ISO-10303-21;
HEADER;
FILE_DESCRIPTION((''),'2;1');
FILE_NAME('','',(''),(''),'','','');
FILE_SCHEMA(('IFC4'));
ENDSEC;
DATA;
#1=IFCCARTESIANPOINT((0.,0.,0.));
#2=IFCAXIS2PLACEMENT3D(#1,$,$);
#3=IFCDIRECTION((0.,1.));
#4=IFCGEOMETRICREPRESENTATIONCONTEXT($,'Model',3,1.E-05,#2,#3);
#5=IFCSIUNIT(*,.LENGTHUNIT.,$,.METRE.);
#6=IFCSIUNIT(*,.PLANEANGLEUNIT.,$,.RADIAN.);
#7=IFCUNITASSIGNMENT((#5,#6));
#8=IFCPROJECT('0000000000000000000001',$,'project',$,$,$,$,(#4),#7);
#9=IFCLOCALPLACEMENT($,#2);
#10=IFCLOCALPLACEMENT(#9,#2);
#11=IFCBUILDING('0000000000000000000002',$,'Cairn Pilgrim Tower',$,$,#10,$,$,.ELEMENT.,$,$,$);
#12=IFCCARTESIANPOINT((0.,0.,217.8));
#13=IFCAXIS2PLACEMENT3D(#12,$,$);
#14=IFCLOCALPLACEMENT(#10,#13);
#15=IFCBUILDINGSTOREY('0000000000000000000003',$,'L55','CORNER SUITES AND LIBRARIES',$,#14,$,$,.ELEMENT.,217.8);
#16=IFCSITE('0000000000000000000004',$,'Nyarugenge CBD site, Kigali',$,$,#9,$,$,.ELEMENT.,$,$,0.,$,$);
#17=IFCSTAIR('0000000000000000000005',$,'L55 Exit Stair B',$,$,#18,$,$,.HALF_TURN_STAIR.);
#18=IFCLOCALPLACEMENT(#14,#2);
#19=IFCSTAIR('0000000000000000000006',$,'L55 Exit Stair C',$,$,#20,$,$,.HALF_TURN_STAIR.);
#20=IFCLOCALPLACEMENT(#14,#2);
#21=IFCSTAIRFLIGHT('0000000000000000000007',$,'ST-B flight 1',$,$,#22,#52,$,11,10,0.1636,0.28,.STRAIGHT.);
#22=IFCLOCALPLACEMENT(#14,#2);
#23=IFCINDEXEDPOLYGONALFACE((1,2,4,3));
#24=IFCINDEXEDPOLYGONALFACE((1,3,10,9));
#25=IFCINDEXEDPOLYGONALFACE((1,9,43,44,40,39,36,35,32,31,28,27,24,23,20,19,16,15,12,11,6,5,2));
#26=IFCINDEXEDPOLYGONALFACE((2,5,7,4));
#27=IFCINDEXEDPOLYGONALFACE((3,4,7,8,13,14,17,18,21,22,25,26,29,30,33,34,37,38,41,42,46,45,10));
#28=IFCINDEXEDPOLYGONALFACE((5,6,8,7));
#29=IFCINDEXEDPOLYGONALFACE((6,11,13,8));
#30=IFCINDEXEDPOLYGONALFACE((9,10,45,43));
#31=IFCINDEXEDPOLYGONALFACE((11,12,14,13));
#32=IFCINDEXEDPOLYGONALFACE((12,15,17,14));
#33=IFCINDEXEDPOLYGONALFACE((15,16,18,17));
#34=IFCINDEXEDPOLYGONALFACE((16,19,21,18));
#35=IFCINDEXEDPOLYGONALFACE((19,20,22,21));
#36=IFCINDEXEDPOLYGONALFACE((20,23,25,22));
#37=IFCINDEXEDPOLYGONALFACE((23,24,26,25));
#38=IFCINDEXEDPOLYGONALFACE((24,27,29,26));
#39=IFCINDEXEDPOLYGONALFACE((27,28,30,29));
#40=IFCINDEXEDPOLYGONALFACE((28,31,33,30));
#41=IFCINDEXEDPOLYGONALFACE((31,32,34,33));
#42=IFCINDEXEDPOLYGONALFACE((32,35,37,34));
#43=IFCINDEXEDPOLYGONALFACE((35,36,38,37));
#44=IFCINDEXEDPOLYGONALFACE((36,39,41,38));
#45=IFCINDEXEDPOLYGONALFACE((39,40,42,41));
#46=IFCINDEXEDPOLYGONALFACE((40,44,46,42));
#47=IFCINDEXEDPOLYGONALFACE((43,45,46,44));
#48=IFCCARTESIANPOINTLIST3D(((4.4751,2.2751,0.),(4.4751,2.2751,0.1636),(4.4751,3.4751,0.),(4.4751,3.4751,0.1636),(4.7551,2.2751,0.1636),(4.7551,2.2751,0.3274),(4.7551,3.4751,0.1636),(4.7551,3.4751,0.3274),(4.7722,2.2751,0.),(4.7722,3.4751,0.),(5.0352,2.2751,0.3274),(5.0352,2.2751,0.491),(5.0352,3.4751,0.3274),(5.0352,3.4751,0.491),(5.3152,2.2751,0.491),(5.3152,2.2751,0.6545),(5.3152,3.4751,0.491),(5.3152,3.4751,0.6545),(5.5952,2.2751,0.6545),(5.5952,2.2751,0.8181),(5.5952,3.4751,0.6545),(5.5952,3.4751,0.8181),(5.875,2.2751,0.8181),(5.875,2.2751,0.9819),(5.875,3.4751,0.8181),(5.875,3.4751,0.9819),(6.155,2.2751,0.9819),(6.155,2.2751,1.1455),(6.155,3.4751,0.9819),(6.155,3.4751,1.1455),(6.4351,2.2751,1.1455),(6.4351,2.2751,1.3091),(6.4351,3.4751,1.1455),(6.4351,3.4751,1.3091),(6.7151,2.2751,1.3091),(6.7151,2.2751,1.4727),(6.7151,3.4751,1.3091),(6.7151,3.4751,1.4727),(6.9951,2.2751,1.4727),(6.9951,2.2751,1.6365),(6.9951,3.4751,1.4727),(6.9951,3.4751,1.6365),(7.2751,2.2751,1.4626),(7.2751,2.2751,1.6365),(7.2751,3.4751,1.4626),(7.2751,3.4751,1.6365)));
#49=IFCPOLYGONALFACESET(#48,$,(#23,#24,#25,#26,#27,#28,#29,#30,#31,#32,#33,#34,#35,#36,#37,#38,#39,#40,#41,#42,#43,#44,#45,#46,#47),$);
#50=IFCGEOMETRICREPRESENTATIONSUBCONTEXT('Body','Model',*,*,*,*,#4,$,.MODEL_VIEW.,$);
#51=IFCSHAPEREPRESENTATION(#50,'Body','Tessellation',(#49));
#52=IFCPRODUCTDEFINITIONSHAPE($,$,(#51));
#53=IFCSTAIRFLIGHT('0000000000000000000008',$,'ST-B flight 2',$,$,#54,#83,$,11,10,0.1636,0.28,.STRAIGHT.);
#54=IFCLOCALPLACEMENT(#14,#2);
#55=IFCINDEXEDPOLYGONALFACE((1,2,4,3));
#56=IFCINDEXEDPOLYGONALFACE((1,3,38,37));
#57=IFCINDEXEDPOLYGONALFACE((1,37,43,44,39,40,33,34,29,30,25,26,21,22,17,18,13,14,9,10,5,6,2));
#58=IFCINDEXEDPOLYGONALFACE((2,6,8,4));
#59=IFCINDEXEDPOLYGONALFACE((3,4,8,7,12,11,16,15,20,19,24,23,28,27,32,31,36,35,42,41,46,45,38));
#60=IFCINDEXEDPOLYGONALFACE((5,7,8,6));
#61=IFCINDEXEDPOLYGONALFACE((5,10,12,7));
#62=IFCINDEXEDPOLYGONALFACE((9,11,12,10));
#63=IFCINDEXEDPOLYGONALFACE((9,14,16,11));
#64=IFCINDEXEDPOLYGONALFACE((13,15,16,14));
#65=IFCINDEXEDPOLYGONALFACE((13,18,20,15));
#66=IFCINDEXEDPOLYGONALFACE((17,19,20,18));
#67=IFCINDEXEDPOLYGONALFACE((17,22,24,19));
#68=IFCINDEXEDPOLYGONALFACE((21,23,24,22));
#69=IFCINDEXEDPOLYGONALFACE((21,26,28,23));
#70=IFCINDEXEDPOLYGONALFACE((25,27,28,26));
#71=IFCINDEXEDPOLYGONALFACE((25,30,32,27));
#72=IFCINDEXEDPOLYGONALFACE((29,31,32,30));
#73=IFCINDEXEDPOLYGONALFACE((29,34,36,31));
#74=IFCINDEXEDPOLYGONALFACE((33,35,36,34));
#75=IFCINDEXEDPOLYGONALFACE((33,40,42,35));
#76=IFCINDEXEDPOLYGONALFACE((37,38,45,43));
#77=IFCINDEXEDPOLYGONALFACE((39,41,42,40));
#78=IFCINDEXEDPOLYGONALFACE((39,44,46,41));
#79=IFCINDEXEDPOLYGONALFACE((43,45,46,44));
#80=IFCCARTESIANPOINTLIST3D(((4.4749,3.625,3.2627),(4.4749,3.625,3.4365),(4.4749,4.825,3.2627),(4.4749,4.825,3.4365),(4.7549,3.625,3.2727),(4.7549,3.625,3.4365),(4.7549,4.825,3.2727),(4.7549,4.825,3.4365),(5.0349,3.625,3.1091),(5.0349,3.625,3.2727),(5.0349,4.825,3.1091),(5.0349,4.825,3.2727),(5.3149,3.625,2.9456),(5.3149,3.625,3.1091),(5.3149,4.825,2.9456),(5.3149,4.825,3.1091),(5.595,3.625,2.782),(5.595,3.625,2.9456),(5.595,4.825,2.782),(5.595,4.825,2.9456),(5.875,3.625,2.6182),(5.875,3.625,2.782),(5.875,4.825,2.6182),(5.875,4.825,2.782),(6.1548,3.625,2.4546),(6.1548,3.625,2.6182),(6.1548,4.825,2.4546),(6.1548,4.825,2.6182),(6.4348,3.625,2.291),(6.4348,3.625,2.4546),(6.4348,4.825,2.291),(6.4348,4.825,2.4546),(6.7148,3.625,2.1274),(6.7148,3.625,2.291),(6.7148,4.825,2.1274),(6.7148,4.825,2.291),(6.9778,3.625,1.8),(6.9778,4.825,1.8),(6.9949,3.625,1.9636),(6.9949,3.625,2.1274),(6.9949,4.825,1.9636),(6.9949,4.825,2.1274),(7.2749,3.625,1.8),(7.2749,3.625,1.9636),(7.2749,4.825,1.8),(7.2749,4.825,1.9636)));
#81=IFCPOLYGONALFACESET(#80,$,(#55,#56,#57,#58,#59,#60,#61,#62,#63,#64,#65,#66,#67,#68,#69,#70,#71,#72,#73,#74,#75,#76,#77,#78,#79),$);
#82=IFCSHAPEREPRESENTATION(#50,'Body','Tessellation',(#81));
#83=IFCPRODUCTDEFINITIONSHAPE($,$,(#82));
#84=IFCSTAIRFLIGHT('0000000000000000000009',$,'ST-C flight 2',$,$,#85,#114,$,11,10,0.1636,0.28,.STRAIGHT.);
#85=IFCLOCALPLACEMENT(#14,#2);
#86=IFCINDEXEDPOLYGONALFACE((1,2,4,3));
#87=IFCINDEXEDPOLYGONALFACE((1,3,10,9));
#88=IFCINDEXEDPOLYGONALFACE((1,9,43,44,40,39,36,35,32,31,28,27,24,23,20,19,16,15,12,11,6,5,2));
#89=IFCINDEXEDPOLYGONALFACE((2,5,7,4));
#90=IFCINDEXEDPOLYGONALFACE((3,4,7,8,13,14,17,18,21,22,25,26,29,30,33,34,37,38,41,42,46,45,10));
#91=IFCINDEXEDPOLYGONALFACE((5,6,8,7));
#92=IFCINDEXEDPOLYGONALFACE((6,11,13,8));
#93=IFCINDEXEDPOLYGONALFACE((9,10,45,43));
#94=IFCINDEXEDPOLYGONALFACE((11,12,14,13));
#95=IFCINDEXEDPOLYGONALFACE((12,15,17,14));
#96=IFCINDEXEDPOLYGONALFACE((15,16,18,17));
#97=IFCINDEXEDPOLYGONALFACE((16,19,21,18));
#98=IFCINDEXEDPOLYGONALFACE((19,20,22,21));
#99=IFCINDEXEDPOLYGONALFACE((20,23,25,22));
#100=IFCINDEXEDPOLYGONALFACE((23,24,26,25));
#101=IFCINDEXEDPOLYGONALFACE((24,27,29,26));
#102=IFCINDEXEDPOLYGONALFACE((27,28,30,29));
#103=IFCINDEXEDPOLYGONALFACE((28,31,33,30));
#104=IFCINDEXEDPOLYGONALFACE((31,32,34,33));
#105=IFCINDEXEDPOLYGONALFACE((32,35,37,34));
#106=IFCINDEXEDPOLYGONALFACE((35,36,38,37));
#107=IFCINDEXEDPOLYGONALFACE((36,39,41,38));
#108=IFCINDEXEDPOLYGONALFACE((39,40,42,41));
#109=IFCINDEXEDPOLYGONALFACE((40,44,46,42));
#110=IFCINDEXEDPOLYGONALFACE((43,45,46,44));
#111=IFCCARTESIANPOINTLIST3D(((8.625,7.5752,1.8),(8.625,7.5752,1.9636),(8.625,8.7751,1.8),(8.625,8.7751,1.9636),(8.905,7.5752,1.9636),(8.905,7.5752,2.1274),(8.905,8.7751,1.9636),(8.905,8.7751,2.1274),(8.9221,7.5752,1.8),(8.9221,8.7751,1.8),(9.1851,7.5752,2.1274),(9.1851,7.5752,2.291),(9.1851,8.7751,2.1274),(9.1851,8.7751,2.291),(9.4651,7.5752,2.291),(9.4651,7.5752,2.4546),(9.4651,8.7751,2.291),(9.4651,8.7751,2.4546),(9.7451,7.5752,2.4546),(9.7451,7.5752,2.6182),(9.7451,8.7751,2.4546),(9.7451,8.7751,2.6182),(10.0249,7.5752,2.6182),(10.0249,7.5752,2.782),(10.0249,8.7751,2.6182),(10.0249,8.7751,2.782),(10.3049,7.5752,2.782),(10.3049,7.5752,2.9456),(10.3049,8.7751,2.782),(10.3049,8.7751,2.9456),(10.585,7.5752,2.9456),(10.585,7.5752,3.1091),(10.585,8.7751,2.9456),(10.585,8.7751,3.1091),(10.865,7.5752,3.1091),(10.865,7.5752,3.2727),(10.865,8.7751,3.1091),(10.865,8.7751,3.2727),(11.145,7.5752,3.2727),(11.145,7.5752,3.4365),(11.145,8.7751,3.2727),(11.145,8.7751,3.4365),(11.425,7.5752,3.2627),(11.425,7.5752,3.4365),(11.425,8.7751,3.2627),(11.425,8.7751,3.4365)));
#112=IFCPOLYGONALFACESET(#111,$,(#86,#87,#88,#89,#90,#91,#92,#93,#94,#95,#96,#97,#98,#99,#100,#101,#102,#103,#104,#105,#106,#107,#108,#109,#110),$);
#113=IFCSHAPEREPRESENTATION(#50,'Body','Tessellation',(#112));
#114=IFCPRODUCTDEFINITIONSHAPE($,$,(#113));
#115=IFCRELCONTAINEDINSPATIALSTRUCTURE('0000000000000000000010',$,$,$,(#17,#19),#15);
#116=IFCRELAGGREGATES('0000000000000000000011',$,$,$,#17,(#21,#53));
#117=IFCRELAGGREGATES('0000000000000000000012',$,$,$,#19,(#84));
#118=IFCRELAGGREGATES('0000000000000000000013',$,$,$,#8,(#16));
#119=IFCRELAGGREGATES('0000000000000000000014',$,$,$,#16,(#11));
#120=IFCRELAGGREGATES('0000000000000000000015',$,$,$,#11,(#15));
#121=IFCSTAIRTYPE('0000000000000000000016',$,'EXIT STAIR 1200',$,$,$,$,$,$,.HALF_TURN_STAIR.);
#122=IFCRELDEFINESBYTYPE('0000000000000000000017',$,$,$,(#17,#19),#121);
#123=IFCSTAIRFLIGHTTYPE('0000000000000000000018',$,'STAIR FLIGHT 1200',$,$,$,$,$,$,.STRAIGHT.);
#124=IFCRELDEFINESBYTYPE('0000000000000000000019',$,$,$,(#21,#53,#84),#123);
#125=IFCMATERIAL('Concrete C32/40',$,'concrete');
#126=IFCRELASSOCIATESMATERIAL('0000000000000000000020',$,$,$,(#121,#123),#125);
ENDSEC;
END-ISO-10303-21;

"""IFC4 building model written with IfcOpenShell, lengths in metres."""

from ifc_helpers import new_model, si_unit, direction, frame, origin, place, context, subcontext, project, spatial, polyline, outline, extrude, material, type_object, element, aggregate, save


model = new_model("IFC4")

# Units and contexts
model_context = context("Model", 3, precision=1e-05, world=origin(), true_north=direction((0.0, 1.0)))
body_context = subcontext(model_context, "Body", "Model", "MODEL_VIEW")
ifc_project = project(units=[si_unit("LENGTHUNIT", "METRE"), si_unit("PLANEANGLEUNIT", "RADIAN")], contexts=[model_context])

# Site, building, storey
site_placement = place(None, origin())
site = spatial("IfcSite", under=ifc_project, at=site_placement, Name="Nyarugenge CBD site, Kigali", CompositionType="ELEMENT", RefElevation=0.0)
building_placement = place(site_placement, origin())
building = spatial("IfcBuilding", under=site, at=building_placement, Name="Cairn Pilgrim Tower", CompositionType="ELEMENT")
storey_placement = place(building_placement, frame((0.0, 0.0, 217.8)))
storey = spatial("IfcBuildingStorey", under=building, at=storey_placement, Name="L55", Description="CORNER SUITES AND LIBRARIES", CompositionType="ELEMENT", Elevation=217.8)

# Stairs
ifc_material_1 = material(Name="Concrete C32/40", Category="concrete")
stair_type = type_object("IfcStairType", Name="EXIT STAIR 1200", PredefinedType="HALF_TURN_STAIR", material=ifc_material_1)
stair_1_placement = place(storey_placement, origin())
stair_1 = element("IfcStair", 1, at=stair_1_placement, inside=storey, type_object=stair_type, Name="L55 Exit Stair B", PredefinedType="HALF_TURN_STAIR")
stair_2_placement = place(storey_placement, origin())
stair_2 = element("IfcStair", 2, at=stair_2_placement, inside=storey, type_object=stair_type, Name="L55 Exit Stair C", PredefinedType="HALF_TURN_STAIR")

# Stair flights
stair_flight_type = type_object("IfcStairFlightType", Name="STAIR FLIGHT 1200", PredefinedType="STRAIGHT", material=ifc_material_1)
stair_flight_1_placement = place(storey_placement, frame((4.4751, 2.875, 0.0), z_axis=(0.0, 0.0, 1.0), x_axis=(1.0, 0.0, 0.0)))
stair_flight_1 = element("IfcStairFlight", 3, at=stair_flight_1_placement, type_object=stair_flight_type, Name="ST-B flight 1", NumberOfRisers=11, NumberOfTreads=10, PredefinedType="STRAIGHT", RiserHeight=0.1636, TreadLength=0.28, context=body_context, shape_type="SweptSolid", body=[
    extrude(outline(polyline([(0.0, 0.0), (0.0, 0.1636), (0.28, 0.1636), (0.28, 0.3274), (0.5601, 0.3274), (0.5601, 0.491), (0.8401, 0.491), (0.8401, 0.6545), (1.1201, 0.6545), (1.1201, 0.8181), (1.3999, 0.8181), (1.3999, 0.9819), (1.6799, 0.9819), (1.6799, 1.1455), (1.96, 1.1455), (1.96, 1.3091), (2.24, 1.3091), (2.24, 1.4727), (2.52, 1.4727), (2.52, 1.6365), (2.8, 1.6365), (2.8, 1.8), (2.8, 1.4626), (0.2971, 0.0), (0.0, 0.0)])), frame((0.0, 0.6001, 0.0), z_axis=(0.0, -1.0, 0.0), x_axis=(1.0, 0.0, 0.0)), (0.0, 0.0, 1.0), 1.2),
])
stair_flight_2_placement = place(storey_placement, frame((7.2749, 4.2251, 1.8), z_axis=(0.0, 0.0, 1.0), x_axis=(-1.0, 0.0, 0.0)))
stair_flight_2 = element("IfcStairFlight", 4, at=stair_flight_2_placement, type_object=stair_flight_type, Name="ST-B flight 2", NumberOfRisers=11, NumberOfTreads=10, PredefinedType="STRAIGHT", RiserHeight=0.1636, TreadLength=0.28, context=body_context, shape_type="SweptSolid", body=[
    extrude(outline(polyline([(0.0, 0.0), (0.0, 0.1636), (0.28, 0.1636), (0.28, 0.3274), (0.5601, 0.3274), (0.5601, 0.491), (0.8401, 0.491), (0.8401, 0.6545), (1.1201, 0.6545), (1.1201, 0.8181), (1.3999, 0.8181), (1.3999, 0.9819), (1.6799, 0.9819), (1.6799, 1.1455), (1.96, 1.1455), (1.96, 1.3091), (2.24, 1.3091), (2.24, 1.4727), (2.52, 1.4727), (2.52, 1.6365), (2.8, 1.6365), (2.8, 1.8), (2.8, 1.4626), (0.2971, 0.0), (0.0, 0.0)])), frame((0.0, 0.6001, 0.0), z_axis=(0.0, -1.0, 0.0), x_axis=(1.0, 0.0, 0.0)), (0.0, 0.0, 1.0), 1.2),
])
aggregate(stair_1, [stair_flight_1, stair_flight_2])
stair_flight_3_placement = place(storey_placement, frame((8.625, 8.175, 1.8), z_axis=(0.0, 0.0, 1.0), x_axis=(1.0, 0.0, 0.0)))
stair_flight_3 = element("IfcStairFlight", 5, at=stair_flight_3_placement, type_object=stair_flight_type, Name="ST-C flight 2", NumberOfRisers=11, NumberOfTreads=10, PredefinedType="STRAIGHT", RiserHeight=0.1636, TreadLength=0.28, context=body_context, shape_type="SweptSolid", body=[
    extrude(outline(polyline([(0.0, 0.0), (0.0, 0.1636), (0.28, 0.1636), (0.28, 0.3274), (0.5601, 0.3274), (0.5601, 0.491), (0.8401, 0.491), (0.8401, 0.6545), (1.1201, 0.6545), (1.1201, 0.8181), (1.3999, 0.8181), (1.3999, 0.9819), (1.6799, 0.9819), (1.6799, 1.1455), (1.96, 1.1455), (1.96, 1.3091), (2.24, 1.3091), (2.24, 1.4727), (2.52, 1.4727), (2.52, 1.6365), (2.8, 1.6365), (2.8, 1.8), (2.8, 1.4626), (0.2971, 0.0), (0.0, 0.0)])), frame((0.0, 0.6001, 0.0), z_axis=(0.0, -1.0, 0.0), x_axis=(1.0, 0.0, 0.0)), (0.0, 0.0, 1.0), 1.2),
])
aggregate(stair_2, [stair_flight_3])

save(model, "model.ifc")
